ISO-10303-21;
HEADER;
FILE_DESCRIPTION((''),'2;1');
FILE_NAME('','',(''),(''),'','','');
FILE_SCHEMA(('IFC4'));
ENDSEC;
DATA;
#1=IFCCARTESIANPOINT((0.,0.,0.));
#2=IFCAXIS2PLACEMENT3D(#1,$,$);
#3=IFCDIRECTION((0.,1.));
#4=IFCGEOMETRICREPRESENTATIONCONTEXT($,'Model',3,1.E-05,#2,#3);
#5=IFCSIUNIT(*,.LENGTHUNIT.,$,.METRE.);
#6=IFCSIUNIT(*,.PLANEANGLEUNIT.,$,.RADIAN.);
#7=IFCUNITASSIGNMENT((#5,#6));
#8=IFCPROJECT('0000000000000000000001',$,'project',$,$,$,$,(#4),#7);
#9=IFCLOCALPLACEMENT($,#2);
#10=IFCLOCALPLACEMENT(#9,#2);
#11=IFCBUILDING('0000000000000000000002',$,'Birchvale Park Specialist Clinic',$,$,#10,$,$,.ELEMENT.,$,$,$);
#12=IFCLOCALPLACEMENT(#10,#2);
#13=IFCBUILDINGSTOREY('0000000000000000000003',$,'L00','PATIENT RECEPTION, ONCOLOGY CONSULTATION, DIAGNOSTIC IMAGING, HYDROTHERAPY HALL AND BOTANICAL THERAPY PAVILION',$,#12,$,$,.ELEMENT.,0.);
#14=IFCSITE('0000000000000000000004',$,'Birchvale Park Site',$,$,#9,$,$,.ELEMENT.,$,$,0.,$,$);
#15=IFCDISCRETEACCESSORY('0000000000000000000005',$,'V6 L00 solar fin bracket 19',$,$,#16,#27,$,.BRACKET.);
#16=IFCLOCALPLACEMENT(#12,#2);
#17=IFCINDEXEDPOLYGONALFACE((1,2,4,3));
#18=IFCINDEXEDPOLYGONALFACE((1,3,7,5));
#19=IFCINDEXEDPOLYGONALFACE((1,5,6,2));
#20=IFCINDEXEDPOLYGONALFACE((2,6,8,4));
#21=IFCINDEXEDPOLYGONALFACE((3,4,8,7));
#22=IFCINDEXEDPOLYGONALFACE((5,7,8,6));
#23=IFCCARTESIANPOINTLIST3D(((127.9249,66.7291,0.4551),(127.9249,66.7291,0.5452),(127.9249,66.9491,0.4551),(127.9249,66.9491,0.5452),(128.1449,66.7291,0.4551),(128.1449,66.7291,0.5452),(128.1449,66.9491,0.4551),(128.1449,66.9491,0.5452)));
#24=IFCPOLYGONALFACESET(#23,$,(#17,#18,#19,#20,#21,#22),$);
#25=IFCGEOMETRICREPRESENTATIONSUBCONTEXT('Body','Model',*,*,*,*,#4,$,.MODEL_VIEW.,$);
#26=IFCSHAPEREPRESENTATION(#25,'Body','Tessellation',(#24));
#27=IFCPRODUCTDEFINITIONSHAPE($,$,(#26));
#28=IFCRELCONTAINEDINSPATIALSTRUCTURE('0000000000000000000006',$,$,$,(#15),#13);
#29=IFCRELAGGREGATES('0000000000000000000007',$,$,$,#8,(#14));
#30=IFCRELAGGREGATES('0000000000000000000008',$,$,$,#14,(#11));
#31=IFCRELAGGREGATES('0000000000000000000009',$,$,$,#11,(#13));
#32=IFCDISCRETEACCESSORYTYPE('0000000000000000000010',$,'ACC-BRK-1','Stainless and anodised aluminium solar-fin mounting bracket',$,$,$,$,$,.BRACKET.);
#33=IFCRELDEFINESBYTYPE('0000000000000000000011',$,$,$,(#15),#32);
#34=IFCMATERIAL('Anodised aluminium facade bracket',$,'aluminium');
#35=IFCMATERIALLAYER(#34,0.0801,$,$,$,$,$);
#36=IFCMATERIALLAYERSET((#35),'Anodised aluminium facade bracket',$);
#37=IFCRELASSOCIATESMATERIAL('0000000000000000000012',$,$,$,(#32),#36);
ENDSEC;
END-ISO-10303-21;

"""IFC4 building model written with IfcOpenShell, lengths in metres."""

from ifc_helpers import new_model, si_unit, direction, frame, origin, origin_2d, place, context, subcontext, project, spatial, rectangle, extrude, material, layer, layer_set, type_object, element, save


model = new_model("IFC4")

# Units and contexts
model_context = context("Model", 3, precision=1e-05, world=origin(), true_north=direction((0.0, 1.0)))
body_context = subcontext(model_context, "Body", "Model", "MODEL_VIEW")
ifc_project = project(units=[si_unit("LENGTHUNIT", "METRE"), si_unit("PLANEANGLEUNIT", "RADIAN")], contexts=[model_context])

# Site, building, storey
site_placement = place(None, origin())
site = spatial("IfcSite", under=ifc_project, at=site_placement, Name="Birchvale Park Site", CompositionType="ELEMENT", RefElevation=0.0)
building_placement = place(site_placement, origin())
building = spatial("IfcBuilding", under=site, at=building_placement, Name="Birchvale Park Specialist Clinic", CompositionType="ELEMENT")
storey_placement = place(building_placement, origin())
storey = spatial("IfcBuildingStorey", under=building, at=storey_placement, Name="L00", Description="PATIENT RECEPTION, ONCOLOGY CONSULTATION, DIAGNOSTIC IMAGING, HYDROTHERAPY HALL AND BOTANICAL THERAPY PAVILION", CompositionType="ELEMENT", Elevation=0.0)

# Discrete accessory
ifc_material_1 = material(Name="Anodised aluminium facade bracket", Category="aluminium")
ifc_layer_1 = layer(ifc_material_1, 0.0801)
ifc_layer_set_1 = layer_set([ifc_layer_1], Name="Anodised aluminium facade bracket")
discrete_accessory_type = type_object("IfcDiscreteAccessoryType", Name="ACC-BRK-1", Description="Stainless and anodised aluminium solar-fin mounting bracket", PredefinedType="BRACKET", material=ifc_layer_set_1)
for number, where, z_axis, x_axis, name in (
    (1, (128.0349, 66.8391, 0.4551), (0.0, 0.0, 1.0), (1.0, 0.0, 0.0), "V6 L00 solar fin bracket 19"),
):
    element("IfcDiscreteAccessory", number, at=place(storey_placement, frame(where, z_axis=z_axis, x_axis=x_axis)), inside=storey, type_object=discrete_accessory_type, Name=name, PredefinedType="BRACKET", context=body_context, shape_type="SweptSolid", body=[
        extrude(rectangle(XDim=0.22, YDim=0.22, at=origin_2d()), origin(), (0.0, 0.0, 1.0), 0.0901),
    ])

save(model, "model.ifc")
